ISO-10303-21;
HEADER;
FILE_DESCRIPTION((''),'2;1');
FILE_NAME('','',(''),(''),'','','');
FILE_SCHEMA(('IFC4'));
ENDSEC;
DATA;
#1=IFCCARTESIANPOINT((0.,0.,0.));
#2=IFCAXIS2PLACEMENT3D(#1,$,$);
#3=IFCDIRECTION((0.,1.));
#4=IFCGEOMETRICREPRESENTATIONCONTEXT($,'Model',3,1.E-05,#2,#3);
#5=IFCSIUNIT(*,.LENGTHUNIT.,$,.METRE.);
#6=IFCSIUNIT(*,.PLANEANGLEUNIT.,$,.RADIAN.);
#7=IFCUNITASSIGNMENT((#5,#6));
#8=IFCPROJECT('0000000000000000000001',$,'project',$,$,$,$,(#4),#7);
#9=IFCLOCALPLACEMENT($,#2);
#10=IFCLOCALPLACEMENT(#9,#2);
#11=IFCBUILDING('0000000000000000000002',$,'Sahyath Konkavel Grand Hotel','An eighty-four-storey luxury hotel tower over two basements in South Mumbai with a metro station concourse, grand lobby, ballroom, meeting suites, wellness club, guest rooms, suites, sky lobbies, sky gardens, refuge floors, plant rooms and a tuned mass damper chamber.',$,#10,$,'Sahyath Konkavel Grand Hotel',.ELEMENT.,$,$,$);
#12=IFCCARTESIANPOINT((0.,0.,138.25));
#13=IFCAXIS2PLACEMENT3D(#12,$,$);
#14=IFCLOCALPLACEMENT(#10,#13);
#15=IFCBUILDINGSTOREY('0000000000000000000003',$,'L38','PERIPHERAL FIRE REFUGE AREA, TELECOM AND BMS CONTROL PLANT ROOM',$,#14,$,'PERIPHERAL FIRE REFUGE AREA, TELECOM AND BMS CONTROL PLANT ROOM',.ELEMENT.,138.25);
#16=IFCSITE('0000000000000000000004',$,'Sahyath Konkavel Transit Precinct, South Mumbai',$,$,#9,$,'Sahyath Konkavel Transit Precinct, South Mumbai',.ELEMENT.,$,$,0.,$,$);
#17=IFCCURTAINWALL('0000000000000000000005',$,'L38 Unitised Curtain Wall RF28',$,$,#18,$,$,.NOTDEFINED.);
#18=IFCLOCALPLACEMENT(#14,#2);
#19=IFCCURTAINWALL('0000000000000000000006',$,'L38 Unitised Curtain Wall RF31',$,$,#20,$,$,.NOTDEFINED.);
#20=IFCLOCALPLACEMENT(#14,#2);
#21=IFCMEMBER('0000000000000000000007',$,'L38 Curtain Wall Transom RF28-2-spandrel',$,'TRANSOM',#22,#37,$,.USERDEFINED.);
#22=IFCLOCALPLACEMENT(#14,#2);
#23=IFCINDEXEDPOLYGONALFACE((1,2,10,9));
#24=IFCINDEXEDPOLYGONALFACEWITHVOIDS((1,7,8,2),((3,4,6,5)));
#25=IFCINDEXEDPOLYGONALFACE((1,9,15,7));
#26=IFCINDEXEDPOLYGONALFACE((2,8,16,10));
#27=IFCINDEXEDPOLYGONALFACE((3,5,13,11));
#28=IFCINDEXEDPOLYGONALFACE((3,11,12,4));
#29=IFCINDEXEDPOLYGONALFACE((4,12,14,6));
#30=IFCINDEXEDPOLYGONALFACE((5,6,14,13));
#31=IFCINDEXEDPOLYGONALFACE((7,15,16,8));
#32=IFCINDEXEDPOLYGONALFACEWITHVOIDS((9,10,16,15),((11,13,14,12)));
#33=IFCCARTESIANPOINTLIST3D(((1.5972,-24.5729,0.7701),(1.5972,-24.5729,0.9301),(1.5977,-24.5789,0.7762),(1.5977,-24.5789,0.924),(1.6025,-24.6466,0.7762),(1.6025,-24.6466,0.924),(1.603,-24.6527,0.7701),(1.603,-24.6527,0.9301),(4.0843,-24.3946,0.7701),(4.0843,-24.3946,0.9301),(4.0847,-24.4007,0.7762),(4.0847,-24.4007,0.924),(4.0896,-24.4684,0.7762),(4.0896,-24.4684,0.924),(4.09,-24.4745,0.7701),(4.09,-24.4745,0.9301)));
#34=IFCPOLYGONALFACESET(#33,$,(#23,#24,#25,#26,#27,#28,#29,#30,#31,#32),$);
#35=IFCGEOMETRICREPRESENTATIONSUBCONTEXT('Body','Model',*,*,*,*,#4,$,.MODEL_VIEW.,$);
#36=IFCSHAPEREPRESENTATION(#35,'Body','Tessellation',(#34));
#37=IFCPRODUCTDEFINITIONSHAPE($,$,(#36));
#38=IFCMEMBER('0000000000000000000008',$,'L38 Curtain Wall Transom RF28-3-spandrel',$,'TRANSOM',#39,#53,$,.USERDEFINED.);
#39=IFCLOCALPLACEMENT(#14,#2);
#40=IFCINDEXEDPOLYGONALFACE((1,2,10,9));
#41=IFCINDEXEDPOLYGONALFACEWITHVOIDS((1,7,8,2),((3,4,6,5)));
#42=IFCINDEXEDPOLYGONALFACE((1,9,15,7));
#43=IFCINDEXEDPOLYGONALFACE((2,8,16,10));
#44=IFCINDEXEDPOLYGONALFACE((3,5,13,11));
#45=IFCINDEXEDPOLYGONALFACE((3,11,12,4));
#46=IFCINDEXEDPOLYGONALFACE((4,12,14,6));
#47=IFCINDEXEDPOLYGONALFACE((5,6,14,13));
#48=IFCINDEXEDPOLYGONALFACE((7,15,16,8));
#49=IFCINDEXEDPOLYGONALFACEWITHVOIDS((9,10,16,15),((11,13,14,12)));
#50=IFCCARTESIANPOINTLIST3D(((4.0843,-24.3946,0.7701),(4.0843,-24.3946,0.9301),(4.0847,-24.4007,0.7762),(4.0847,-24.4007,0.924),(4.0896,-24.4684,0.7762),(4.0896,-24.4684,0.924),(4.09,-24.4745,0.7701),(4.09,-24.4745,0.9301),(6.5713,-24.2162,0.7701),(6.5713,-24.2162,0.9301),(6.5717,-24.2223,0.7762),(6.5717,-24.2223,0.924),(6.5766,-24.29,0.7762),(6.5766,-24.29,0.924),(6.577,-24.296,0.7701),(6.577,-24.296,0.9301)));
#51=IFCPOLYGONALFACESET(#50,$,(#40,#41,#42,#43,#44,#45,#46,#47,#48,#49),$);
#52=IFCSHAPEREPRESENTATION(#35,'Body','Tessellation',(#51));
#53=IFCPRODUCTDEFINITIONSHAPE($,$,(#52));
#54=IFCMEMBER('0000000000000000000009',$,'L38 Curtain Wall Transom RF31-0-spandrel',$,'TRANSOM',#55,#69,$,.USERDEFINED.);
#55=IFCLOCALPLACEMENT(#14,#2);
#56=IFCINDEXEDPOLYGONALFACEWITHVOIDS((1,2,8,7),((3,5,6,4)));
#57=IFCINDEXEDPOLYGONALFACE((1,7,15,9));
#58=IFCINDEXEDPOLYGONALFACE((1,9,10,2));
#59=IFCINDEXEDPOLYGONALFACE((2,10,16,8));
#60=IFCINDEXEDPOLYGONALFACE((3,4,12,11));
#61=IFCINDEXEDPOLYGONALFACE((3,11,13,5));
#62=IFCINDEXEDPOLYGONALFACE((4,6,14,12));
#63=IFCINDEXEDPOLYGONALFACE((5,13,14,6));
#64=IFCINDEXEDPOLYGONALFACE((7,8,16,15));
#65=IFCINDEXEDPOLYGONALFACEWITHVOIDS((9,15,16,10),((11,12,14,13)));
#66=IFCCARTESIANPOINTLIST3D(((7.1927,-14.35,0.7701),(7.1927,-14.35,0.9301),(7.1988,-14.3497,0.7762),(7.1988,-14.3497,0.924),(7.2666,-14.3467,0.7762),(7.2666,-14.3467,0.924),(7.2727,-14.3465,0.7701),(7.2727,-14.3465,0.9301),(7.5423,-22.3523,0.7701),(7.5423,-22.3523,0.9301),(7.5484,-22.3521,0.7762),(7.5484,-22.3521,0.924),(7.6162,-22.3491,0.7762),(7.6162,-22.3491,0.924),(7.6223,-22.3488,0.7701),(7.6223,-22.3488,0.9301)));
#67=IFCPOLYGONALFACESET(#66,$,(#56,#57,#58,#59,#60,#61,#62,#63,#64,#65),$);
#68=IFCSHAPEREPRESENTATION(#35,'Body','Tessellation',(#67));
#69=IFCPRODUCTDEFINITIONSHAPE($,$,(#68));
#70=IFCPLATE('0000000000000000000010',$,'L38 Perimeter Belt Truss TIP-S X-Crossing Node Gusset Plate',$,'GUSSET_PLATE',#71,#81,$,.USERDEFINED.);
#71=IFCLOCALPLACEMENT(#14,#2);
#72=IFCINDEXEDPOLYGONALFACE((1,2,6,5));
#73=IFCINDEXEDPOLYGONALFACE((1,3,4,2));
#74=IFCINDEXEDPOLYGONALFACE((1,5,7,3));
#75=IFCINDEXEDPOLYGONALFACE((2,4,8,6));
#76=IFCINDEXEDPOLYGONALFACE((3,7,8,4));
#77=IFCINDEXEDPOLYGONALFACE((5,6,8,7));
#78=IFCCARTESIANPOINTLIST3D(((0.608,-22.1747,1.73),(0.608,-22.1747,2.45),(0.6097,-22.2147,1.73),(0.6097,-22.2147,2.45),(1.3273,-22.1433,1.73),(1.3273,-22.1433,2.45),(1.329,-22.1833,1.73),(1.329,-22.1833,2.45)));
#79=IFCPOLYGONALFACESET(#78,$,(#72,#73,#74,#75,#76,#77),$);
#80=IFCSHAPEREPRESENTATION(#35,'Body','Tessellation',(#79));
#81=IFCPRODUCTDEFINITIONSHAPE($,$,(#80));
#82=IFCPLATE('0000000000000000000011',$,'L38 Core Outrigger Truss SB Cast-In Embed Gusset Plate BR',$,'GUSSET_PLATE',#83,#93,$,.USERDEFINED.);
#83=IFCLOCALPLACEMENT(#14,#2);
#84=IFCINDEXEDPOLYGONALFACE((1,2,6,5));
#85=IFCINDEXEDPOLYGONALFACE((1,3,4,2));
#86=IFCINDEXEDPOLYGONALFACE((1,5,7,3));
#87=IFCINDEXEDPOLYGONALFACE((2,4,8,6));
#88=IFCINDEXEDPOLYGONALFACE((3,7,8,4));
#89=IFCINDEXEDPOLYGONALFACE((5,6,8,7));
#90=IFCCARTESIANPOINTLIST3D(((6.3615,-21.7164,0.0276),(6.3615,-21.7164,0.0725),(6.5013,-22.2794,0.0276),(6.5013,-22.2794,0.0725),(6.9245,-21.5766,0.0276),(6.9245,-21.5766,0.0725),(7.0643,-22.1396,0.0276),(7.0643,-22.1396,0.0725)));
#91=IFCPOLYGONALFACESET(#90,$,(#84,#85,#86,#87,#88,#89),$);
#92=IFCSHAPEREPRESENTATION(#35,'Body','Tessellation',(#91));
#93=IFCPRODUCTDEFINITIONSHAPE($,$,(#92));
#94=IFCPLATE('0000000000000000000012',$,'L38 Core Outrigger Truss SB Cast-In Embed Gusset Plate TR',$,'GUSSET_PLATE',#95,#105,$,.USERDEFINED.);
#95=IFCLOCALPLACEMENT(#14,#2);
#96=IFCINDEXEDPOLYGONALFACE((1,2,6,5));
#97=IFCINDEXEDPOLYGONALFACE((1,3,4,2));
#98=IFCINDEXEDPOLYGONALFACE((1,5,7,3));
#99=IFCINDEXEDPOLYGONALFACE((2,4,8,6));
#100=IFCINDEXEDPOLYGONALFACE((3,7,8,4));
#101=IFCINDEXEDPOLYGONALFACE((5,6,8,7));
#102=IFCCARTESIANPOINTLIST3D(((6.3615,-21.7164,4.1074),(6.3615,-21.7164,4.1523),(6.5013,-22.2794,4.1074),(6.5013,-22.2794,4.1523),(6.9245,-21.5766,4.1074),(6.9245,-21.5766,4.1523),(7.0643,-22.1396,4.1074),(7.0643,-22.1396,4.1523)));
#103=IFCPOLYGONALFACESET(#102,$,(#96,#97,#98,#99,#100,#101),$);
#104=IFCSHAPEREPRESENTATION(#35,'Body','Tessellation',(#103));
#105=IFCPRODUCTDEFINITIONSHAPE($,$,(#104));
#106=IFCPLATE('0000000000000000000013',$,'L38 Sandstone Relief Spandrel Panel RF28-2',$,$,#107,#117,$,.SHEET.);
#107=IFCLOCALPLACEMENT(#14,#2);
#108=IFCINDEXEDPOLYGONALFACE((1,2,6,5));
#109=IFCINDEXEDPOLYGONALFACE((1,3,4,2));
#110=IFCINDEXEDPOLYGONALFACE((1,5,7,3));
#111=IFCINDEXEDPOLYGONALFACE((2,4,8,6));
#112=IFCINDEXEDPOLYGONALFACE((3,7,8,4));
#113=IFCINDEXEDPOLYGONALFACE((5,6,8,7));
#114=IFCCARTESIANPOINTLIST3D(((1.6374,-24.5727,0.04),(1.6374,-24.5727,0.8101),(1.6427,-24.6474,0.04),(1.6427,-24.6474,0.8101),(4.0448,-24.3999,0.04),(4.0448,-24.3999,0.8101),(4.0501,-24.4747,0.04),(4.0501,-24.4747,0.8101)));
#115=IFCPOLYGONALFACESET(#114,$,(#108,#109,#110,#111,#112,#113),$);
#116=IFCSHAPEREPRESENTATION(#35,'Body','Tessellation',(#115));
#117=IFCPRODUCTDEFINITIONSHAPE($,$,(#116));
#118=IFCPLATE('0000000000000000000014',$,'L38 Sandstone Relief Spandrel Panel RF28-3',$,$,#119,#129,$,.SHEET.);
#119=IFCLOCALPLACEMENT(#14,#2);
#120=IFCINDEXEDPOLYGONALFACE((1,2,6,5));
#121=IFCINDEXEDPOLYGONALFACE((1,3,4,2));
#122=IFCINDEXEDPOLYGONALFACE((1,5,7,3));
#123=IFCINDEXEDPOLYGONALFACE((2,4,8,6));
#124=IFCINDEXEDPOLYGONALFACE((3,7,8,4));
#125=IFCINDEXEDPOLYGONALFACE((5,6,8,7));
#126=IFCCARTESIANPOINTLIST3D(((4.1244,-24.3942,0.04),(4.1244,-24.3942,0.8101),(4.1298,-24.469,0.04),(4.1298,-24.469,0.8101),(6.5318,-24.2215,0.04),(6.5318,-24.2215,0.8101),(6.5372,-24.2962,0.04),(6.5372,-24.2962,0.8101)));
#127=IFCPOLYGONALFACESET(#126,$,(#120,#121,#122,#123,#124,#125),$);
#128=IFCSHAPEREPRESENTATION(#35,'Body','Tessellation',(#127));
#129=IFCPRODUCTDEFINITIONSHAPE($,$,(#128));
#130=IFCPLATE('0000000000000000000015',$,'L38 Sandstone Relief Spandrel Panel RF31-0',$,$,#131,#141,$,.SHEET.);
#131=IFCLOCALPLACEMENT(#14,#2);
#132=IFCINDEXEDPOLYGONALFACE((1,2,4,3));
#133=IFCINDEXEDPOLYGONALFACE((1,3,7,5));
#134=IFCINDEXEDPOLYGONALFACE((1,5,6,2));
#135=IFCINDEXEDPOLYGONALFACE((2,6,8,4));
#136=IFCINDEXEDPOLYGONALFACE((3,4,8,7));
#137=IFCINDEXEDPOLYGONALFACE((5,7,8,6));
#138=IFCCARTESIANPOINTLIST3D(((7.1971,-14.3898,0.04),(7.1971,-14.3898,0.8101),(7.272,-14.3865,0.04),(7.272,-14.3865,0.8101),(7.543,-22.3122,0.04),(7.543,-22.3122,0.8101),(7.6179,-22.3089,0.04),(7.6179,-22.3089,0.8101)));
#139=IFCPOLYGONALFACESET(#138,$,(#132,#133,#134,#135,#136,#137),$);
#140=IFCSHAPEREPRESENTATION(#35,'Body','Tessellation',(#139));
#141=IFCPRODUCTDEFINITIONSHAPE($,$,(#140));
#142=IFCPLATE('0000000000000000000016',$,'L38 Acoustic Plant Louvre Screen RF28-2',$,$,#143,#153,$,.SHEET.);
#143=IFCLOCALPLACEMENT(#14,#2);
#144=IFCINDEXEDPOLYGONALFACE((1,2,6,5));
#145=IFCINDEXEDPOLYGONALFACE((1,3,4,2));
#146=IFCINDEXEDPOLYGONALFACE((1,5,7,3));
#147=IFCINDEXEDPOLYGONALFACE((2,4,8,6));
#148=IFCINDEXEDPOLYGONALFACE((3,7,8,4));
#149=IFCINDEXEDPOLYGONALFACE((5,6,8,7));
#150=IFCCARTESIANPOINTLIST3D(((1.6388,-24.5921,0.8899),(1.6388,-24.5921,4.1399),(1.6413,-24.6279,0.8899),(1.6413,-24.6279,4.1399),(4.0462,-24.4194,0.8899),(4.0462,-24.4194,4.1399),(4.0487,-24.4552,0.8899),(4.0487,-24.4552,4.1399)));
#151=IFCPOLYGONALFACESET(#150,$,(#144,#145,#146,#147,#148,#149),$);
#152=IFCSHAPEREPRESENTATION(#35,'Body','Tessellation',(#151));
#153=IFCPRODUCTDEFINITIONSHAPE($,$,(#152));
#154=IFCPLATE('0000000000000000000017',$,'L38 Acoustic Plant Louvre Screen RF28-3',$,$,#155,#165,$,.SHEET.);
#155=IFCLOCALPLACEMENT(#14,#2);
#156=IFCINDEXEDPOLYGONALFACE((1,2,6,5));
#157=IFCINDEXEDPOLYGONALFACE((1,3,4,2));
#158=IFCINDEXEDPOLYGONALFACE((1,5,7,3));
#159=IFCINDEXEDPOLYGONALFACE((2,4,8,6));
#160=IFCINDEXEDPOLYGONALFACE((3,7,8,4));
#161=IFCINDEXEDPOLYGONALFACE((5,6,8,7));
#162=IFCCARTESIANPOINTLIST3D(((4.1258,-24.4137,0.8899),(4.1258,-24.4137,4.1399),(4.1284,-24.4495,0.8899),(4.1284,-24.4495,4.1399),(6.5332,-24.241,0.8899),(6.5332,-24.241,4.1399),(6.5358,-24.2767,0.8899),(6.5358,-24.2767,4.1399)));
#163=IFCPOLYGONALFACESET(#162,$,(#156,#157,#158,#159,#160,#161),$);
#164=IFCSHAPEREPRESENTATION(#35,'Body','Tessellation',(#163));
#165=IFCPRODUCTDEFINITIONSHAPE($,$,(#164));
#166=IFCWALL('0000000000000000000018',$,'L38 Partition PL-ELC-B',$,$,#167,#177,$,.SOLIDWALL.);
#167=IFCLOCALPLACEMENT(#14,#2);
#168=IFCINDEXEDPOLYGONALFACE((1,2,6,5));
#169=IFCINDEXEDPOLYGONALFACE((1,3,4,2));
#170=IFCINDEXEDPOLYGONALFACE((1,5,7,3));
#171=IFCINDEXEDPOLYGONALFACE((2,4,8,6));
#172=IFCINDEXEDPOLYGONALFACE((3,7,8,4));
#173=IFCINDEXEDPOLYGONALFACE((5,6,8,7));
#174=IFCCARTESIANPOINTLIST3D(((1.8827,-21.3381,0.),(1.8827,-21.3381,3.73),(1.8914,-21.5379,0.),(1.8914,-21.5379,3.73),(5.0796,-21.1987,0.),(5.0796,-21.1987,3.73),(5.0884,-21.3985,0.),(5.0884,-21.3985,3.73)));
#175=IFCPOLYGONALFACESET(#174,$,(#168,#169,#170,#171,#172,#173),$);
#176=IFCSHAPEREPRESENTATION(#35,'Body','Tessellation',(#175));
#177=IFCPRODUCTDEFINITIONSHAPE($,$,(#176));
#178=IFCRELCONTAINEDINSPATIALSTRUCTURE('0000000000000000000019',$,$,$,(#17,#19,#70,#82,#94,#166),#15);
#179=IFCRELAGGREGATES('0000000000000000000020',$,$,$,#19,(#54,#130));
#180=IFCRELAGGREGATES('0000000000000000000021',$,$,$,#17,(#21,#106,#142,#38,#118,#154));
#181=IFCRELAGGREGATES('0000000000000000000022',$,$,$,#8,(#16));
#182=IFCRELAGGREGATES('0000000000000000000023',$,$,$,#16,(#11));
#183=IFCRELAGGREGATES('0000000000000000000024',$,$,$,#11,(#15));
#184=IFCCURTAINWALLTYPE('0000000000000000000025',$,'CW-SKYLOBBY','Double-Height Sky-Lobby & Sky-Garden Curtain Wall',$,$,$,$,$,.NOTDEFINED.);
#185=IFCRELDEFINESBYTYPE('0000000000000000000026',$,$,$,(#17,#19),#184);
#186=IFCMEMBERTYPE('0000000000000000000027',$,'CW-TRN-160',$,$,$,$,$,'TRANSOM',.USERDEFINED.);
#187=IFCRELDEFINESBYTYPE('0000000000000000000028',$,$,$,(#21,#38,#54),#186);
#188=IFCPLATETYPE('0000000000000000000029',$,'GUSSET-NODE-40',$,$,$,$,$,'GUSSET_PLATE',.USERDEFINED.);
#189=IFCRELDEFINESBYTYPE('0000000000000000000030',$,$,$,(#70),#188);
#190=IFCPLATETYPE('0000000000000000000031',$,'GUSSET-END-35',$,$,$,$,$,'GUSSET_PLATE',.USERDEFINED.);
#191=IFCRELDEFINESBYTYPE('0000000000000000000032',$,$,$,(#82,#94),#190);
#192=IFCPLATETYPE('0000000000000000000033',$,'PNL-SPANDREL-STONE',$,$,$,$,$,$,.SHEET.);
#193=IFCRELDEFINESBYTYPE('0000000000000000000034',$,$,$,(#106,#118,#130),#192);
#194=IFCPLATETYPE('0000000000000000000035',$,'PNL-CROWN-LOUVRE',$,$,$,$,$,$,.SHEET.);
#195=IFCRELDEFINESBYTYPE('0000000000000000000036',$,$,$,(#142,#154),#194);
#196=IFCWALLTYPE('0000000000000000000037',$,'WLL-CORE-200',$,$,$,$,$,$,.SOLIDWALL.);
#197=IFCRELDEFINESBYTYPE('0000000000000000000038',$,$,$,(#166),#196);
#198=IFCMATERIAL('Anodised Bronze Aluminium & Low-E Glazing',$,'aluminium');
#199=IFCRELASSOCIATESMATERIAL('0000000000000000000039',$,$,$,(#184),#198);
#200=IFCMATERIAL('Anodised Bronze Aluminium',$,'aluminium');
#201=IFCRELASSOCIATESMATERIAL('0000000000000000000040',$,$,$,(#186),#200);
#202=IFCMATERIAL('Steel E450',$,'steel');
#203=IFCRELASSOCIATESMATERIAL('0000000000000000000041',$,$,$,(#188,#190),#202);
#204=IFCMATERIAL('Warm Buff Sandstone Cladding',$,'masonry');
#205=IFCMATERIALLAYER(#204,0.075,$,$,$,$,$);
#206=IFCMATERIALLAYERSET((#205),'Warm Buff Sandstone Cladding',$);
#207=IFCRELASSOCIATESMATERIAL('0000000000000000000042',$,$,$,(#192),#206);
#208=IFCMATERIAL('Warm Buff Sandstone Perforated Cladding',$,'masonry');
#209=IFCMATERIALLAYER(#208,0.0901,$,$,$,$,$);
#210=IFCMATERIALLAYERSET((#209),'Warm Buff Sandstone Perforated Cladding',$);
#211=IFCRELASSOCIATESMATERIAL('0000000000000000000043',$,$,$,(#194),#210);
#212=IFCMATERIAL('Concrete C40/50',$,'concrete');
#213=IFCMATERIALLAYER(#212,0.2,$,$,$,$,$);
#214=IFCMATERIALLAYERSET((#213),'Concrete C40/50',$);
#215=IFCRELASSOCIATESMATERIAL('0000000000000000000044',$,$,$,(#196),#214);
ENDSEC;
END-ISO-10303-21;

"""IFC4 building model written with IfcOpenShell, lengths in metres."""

from ifc_helpers import new_model, si_unit, direction, frame, frame_2d, origin, origin_2d, place, context, subcontext, project, spatial, rectangle, hollow_rectangle, extrude, source, transform, mapped, material, layer, layer_set, material_profile, profile_set, type_object, element, aggregate, save


model = new_model("IFC4")

# Units and contexts
model_context = context("Model", 3, precision=1e-05, world=origin(), true_north=direction((0.0, 1.0)))
body_context = subcontext(model_context, "Body", "Model", "MODEL_VIEW")
ifc_project = project(units=[si_unit("LENGTHUNIT", "METRE"), si_unit("PLANEANGLEUNIT", "RADIAN")], contexts=[model_context])

# Site, building, storey
site_placement = place(None, origin())
site = spatial("IfcSite", under=ifc_project, at=site_placement, Name="Sahyath Konkavel Transit Precinct, South Mumbai", LongName="Sahyath Konkavel Transit Precinct, South Mumbai", CompositionType="ELEMENT", RefElevation=0.0)
building_placement = place(site_placement, origin())
building = spatial("IfcBuilding", under=site, at=building_placement, Name="Sahyath Konkavel Grand Hotel", Description="An eighty-four-storey luxury hotel tower over two basements in South Mumbai with a metro station concourse, grand lobby, ballroom, meeting suites, wellness club, guest rooms, suites, sky lobbies, sky gardens, refuge floors, plant rooms and a tuned mass damper chamber.", LongName="Sahyath Konkavel Grand Hotel", CompositionType="ELEMENT")
storey_placement = place(building_placement, frame((0.0, 0.0, 138.25)))
storey = spatial("IfcBuildingStorey", under=building, at=storey_placement, Name="L38", Description="PERIPHERAL FIRE REFUGE AREA, TELECOM AND BMS CONTROL PLANT ROOM", LongName="PERIPHERAL FIRE REFUGE AREA, TELECOM AND BMS CONTROL PLANT ROOM", CompositionType="ELEMENT", Elevation=138.25)

# Shared definitions
ifc_material_1 = material(Name="Steel E450", Category="steel")

# Curtain wall
ifc_material_2 = material(Name="Anodised Bronze Aluminium & Low-E Glazing", Category="aluminium")
curtain_wall_type = type_object("IfcCurtainWallType", Name="CW-SKYLOBBY", Description="Double-Height Sky-Lobby & Sky-Garden Curtain Wall", PredefinedType="NOTDEFINED", material=ifc_material_2)
curtain_wall_1_placement = place(storey_placement, origin())
curtain_wall_1 = element("IfcCurtainWall", 1, at=curtain_wall_1_placement, inside=storey, type_object=curtain_wall_type, Name="L38 Unitised Curtain Wall RF28", PredefinedType="NOTDEFINED")
ifc_material_3 = material(Name="Anodised Bronze Aluminium", Category="aluminium")

# Curtain wall
curtain_wall_2_placement = place(storey_placement, origin())
curtain_wall_2 = element("IfcCurtainWall", 2, at=curtain_wall_2_placement, inside=storey, type_object=curtain_wall_type, Name="L38 Unitised Curtain Wall RF31", PredefinedType="NOTDEFINED")

# Members
ifc_material_profile_1 = material_profile(ifc_material_3, hollow_rectangle(XDim=0.0801, YDim=0.1599, WallThickness=0.0061, at=origin_2d()), Name="RHS 160x80x6")
ifc_profile_set_1 = profile_set([ifc_material_profile_1], Name="Anodised Bronze Aluminium")
member_type_1 = type_object("IfcMemberType", Name="CW-TRN-160", ElementType="TRANSOM", PredefinedType="USERDEFINED", material=ifc_profile_set_1)
shared_shape_1 = source(origin(), body_context, "Body", "SweptSolid", [
    extrude(hollow_rectangle(XDim=0.0801, YDim=0.1599, WallThickness=0.0061, at=origin_2d()), origin(), (0.0, 0.0, 1.0), 2.4934),
])
member_1_placement = place(storey_placement, frame((1.6001, -24.6128, 0.8501), z_axis=(0.997442, 0.071477, 0.0), x_axis=(-0.071477, 0.997442, 0.0)))
member_1 = element("IfcMember", 3, at=member_1_placement, type_object=member_type_1, Name="L38 Curtain Wall Transom RF28-2-spandrel", ObjectType="TRANSOM", PredefinedType="USERDEFINED", context=body_context, shape_type="MappedRepresentation", body=[
    mapped(shared_shape_1, transform((0.0, 0.0, 0.0), scale=1.0)),
])
member_2_placement = place(storey_placement, frame((4.0872, -24.4346, 0.8501), z_axis=(0.997435, 0.071574, 0.0), x_axis=(-0.071574, 0.997435, 0.0)))
member_2 = element("IfcMember", 4, at=member_2_placement, type_object=member_type_1, Name="L38 Curtain Wall Transom RF28-3-spandrel", ObjectType="TRANSOM", PredefinedType="USERDEFINED", context=body_context, shape_type="MappedRepresentation", body=[
    mapped(shared_shape_1, transform((0.0, 0.0, 0.0), scale=1.0)),
])
shared_shape_2 = source(origin(), body_context, "Body", "SweptSolid", [
    extrude(hollow_rectangle(XDim=0.0801, YDim=0.1599, WallThickness=0.0061, at=origin_2d()), origin(), (0.0, 0.0, 1.0), 8.01),
])
member_3_placement = place(storey_placement, frame((7.5823, -22.3506, 0.8501), z_axis=(-0.043646, 0.999047, 0.0), x_axis=(-0.999047, -0.043646, 0.0)))
member_3 = element("IfcMember", 5, at=member_3_placement, type_object=member_type_1, Name="L38 Curtain Wall Transom RF31-0-spandrel", ObjectType="TRANSOM", PredefinedType="USERDEFINED", context=body_context, shape_type="MappedRepresentation", body=[
    mapped(shared_shape_2, transform((0.0, 0.0, 0.0), scale=1.0)),
])

# Plates
plate_type_1 = type_object("IfcPlateType", Name="GUSSET-NODE-40", ElementType="GUSSET_PLATE", PredefinedType="USERDEFINED", material=ifc_material_1)
shared_shape_3 = source(origin(), body_context, "Body", "SweptSolid", [
    extrude(rectangle(XDim=0.72, YDim=0.04, at=origin_2d()), origin(), (0.0, 0.0, 1.0), 0.72),
])
plate_1_placement = place(storey_placement, frame((0.9685, -22.179, 1.73), z_axis=(0.0, 0.0, 1.0), x_axis=(0.999048, 0.043619, 0.0)))
element("IfcPlate", 6, at=plate_1_placement, inside=storey, type_object=plate_type_1, Name="L38 Perimeter Belt Truss TIP-S X-Crossing Node Gusset Plate", ObjectType="GUSSET_PLATE", PredefinedType="USERDEFINED", context=body_context, shape_type="MappedRepresentation", body=[
    mapped(shared_shape_3, transform((0.0, 0.0, 0.0), scale=1.0)),
])
plate_type_2 = type_object("IfcPlateType", Name="GUSSET-END-35", ElementType="GUSSET_PLATE", PredefinedType="USERDEFINED", material=ifc_material_1)
shared_shape_4 = source(origin(), body_context, "Body", "SweptSolid", [
    extrude(rectangle(XDim=0.5801, YDim=0.5801, at=origin_2d()), origin(), (0.0, 0.0, 1.0), 0.0449),
])
for number, where, z_axis, x_axis, name in (
    (7, (6.7129, -21.928, 0.0276), (0.0, 0.0, 1.0), (0.241041, -0.970515, 0.0), "L38 Core Outrigger Truss SB Cast-In Embed Gusset Plate BR"),
    (8, (6.7129, -21.928, 4.1074), (0.0, 0.0, 1.0), (0.241041, -0.970515, 0.0), "L38 Core Outrigger Truss SB Cast-In Embed Gusset Plate TR"),
):
    element("IfcPlate", number, at=place(storey_placement, frame(where, z_axis=z_axis, x_axis=x_axis)), inside=storey, type_object=plate_type_2, Name=name, ObjectType="GUSSET_PLATE", PredefinedType="USERDEFINED", context=body_context, shape_type="MappedRepresentation", body=[
        mapped(shared_shape_4, transform((0.0, 0.0, 0.0), scale=1.0)),
    ])

# Plates
ifc_material_4 = material(Name="Warm Buff Sandstone Cladding", Category="masonry")
ifc_layer_1 = layer(ifc_material_4, 0.075)
ifc_layer_set_1 = layer_set([ifc_layer_1], Name="Warm Buff Sandstone Cladding")
plate_type_3 = type_object("IfcPlateType", Name="PNL-SPANDREL-STONE", PredefinedType="SHEET", material=ifc_layer_set_1)
shared_shape_5 = source(origin(), body_context, "Body", "SweptSolid", [
    extrude(rectangle(XDim=2.4136, YDim=0.075, at=origin_2d()), origin(), (0.0, 0.0, 1.0), 0.77),
])
plate_2_placement = place(storey_placement, frame((2.8438, -24.5237, 0.04), z_axis=(0.0, 0.0, 1.0), x_axis=(0.997436, 0.071567, 0.0)))
plate_2 = element("IfcPlate", 9, at=plate_2_placement, type_object=plate_type_3, Name="L38 Sandstone Relief Spandrel Panel RF28-2", PredefinedType="SHEET", context=body_context, shape_type="MappedRepresentation", body=[
    mapped(shared_shape_5, transform((0.0, 0.0, 0.0), scale=1.0)),
])
plate_3_placement = place(storey_placement, frame((5.3308, -24.3452, 0.04), z_axis=(0.0, 0.0, 1.0), x_axis=(0.997436, 0.071567, 0.0)))
plate_3 = element("IfcPlate", 10, at=plate_3_placement, type_object=plate_type_3, Name="L38 Sandstone Relief Spandrel Panel RF28-3", PredefinedType="SHEET", context=body_context, shape_type="MappedRepresentation", body=[
    mapped(shared_shape_5, transform((0.0, 0.0, 0.0), scale=1.0)),
])
shared_shape_6 = source(origin(), body_context, "Body", "SweptSolid", [
    extrude(rectangle(XDim=7.9299, YDim=0.075, at=origin_2d()), origin(), (0.0, 0.0, 1.0), 0.77),
])
plate_4_placement = place(storey_placement, frame((7.4075, -18.3494, 0.04), z_axis=(0.0, 0.0, 1.0), x_axis=(-0.043619, 0.999048, 0.0)))
plate_4 = element("IfcPlate", 11, at=plate_4_placement, type_object=plate_type_3, Name="L38 Sandstone Relief Spandrel Panel RF31-0", PredefinedType="SHEET", context=body_context, shape_type="MappedRepresentation", body=[
    mapped(shared_shape_6, transform((0.0, 0.0, 0.0), scale=1.0)),
])
aggregate(curtain_wall_2, [member_3, plate_4])
ifc_material_5 = material(Name="Warm Buff Sandstone Perforated Cladding", Category="masonry")
ifc_layer_2 = layer(ifc_material_5, 0.0901)
ifc_layer_set_2 = layer_set([ifc_layer_2], Name="Warm Buff Sandstone Perforated Cladding")
plate_type_4 = type_object("IfcPlateType", Name="PNL-CROWN-LOUVRE", PredefinedType="SHEET", material=ifc_layer_set_2)
shared_shape_7 = source(origin(), body_context, "Body", "SweptSolid", [
    extrude(rectangle(XDim=2.4136, YDim=0.0359, at=origin_2d()), origin(), (0.0, 0.0, 1.0), 3.25),
])
plate_5_placement = place(storey_placement, frame((2.8438, -24.5237, 0.8899), z_axis=(0.0, 0.0, 1.0), x_axis=(0.997436, 0.071567, 0.0)))
plate_5 = element("IfcPlate", 12, at=plate_5_placement, type_object=plate_type_4, Name="L38 Acoustic Plant Louvre Screen RF28-2", PredefinedType="SHEET", context=body_context, shape_type="MappedRepresentation", body=[
    mapped(shared_shape_7, transform((0.0, 0.0, 0.0), scale=1.0)),
])
plate_6_placement = place(storey_placement, frame((5.3308, -24.3452, 0.8899), z_axis=(0.0, 0.0, 1.0), x_axis=(0.997436, 0.071567, 0.0)))
plate_6 = element("IfcPlate", 13, at=plate_6_placement, type_object=plate_type_4, Name="L38 Acoustic Plant Louvre Screen RF28-3", PredefinedType="SHEET", context=body_context, shape_type="MappedRepresentation", body=[
    mapped(shared_shape_7, transform((0.0, 0.0, 0.0), scale=1.0)),
])
aggregate(curtain_wall_1, [member_1, plate_2, plate_5, member_2, plate_3, plate_6])

# Wall
ifc_material_6 = material(Name="Concrete C40/50", Category="concrete")
ifc_layer_3 = layer(ifc_material_6, 0.2)
ifc_layer_set_3 = layer_set([ifc_layer_3], Name="Concrete C40/50")
wall_type = type_object("IfcWallType", Name="WLL-CORE-200", PredefinedType="SOLIDWALL", material=ifc_layer_set_3)
wall_placement = place(storey_placement, frame((1.887, -21.438, 0.0), z_axis=(0.0, 0.0, 1.0), x_axis=(0.999051, 0.043563, 0.0)))
element("IfcWall", 14, at=wall_placement, inside=storey, type_object=wall_type, Name="L38 Partition PL-ELC-B", PredefinedType="SOLIDWALL", context=body_context, shape_type="SweptSolid", body=[
    extrude(rectangle(XDim=3.2, YDim=0.2, at=frame_2d((1.6001, 0.0))), origin(), (0.0, 0.0, 1.0), 3.73),
])

save(model, "model.ifc")
